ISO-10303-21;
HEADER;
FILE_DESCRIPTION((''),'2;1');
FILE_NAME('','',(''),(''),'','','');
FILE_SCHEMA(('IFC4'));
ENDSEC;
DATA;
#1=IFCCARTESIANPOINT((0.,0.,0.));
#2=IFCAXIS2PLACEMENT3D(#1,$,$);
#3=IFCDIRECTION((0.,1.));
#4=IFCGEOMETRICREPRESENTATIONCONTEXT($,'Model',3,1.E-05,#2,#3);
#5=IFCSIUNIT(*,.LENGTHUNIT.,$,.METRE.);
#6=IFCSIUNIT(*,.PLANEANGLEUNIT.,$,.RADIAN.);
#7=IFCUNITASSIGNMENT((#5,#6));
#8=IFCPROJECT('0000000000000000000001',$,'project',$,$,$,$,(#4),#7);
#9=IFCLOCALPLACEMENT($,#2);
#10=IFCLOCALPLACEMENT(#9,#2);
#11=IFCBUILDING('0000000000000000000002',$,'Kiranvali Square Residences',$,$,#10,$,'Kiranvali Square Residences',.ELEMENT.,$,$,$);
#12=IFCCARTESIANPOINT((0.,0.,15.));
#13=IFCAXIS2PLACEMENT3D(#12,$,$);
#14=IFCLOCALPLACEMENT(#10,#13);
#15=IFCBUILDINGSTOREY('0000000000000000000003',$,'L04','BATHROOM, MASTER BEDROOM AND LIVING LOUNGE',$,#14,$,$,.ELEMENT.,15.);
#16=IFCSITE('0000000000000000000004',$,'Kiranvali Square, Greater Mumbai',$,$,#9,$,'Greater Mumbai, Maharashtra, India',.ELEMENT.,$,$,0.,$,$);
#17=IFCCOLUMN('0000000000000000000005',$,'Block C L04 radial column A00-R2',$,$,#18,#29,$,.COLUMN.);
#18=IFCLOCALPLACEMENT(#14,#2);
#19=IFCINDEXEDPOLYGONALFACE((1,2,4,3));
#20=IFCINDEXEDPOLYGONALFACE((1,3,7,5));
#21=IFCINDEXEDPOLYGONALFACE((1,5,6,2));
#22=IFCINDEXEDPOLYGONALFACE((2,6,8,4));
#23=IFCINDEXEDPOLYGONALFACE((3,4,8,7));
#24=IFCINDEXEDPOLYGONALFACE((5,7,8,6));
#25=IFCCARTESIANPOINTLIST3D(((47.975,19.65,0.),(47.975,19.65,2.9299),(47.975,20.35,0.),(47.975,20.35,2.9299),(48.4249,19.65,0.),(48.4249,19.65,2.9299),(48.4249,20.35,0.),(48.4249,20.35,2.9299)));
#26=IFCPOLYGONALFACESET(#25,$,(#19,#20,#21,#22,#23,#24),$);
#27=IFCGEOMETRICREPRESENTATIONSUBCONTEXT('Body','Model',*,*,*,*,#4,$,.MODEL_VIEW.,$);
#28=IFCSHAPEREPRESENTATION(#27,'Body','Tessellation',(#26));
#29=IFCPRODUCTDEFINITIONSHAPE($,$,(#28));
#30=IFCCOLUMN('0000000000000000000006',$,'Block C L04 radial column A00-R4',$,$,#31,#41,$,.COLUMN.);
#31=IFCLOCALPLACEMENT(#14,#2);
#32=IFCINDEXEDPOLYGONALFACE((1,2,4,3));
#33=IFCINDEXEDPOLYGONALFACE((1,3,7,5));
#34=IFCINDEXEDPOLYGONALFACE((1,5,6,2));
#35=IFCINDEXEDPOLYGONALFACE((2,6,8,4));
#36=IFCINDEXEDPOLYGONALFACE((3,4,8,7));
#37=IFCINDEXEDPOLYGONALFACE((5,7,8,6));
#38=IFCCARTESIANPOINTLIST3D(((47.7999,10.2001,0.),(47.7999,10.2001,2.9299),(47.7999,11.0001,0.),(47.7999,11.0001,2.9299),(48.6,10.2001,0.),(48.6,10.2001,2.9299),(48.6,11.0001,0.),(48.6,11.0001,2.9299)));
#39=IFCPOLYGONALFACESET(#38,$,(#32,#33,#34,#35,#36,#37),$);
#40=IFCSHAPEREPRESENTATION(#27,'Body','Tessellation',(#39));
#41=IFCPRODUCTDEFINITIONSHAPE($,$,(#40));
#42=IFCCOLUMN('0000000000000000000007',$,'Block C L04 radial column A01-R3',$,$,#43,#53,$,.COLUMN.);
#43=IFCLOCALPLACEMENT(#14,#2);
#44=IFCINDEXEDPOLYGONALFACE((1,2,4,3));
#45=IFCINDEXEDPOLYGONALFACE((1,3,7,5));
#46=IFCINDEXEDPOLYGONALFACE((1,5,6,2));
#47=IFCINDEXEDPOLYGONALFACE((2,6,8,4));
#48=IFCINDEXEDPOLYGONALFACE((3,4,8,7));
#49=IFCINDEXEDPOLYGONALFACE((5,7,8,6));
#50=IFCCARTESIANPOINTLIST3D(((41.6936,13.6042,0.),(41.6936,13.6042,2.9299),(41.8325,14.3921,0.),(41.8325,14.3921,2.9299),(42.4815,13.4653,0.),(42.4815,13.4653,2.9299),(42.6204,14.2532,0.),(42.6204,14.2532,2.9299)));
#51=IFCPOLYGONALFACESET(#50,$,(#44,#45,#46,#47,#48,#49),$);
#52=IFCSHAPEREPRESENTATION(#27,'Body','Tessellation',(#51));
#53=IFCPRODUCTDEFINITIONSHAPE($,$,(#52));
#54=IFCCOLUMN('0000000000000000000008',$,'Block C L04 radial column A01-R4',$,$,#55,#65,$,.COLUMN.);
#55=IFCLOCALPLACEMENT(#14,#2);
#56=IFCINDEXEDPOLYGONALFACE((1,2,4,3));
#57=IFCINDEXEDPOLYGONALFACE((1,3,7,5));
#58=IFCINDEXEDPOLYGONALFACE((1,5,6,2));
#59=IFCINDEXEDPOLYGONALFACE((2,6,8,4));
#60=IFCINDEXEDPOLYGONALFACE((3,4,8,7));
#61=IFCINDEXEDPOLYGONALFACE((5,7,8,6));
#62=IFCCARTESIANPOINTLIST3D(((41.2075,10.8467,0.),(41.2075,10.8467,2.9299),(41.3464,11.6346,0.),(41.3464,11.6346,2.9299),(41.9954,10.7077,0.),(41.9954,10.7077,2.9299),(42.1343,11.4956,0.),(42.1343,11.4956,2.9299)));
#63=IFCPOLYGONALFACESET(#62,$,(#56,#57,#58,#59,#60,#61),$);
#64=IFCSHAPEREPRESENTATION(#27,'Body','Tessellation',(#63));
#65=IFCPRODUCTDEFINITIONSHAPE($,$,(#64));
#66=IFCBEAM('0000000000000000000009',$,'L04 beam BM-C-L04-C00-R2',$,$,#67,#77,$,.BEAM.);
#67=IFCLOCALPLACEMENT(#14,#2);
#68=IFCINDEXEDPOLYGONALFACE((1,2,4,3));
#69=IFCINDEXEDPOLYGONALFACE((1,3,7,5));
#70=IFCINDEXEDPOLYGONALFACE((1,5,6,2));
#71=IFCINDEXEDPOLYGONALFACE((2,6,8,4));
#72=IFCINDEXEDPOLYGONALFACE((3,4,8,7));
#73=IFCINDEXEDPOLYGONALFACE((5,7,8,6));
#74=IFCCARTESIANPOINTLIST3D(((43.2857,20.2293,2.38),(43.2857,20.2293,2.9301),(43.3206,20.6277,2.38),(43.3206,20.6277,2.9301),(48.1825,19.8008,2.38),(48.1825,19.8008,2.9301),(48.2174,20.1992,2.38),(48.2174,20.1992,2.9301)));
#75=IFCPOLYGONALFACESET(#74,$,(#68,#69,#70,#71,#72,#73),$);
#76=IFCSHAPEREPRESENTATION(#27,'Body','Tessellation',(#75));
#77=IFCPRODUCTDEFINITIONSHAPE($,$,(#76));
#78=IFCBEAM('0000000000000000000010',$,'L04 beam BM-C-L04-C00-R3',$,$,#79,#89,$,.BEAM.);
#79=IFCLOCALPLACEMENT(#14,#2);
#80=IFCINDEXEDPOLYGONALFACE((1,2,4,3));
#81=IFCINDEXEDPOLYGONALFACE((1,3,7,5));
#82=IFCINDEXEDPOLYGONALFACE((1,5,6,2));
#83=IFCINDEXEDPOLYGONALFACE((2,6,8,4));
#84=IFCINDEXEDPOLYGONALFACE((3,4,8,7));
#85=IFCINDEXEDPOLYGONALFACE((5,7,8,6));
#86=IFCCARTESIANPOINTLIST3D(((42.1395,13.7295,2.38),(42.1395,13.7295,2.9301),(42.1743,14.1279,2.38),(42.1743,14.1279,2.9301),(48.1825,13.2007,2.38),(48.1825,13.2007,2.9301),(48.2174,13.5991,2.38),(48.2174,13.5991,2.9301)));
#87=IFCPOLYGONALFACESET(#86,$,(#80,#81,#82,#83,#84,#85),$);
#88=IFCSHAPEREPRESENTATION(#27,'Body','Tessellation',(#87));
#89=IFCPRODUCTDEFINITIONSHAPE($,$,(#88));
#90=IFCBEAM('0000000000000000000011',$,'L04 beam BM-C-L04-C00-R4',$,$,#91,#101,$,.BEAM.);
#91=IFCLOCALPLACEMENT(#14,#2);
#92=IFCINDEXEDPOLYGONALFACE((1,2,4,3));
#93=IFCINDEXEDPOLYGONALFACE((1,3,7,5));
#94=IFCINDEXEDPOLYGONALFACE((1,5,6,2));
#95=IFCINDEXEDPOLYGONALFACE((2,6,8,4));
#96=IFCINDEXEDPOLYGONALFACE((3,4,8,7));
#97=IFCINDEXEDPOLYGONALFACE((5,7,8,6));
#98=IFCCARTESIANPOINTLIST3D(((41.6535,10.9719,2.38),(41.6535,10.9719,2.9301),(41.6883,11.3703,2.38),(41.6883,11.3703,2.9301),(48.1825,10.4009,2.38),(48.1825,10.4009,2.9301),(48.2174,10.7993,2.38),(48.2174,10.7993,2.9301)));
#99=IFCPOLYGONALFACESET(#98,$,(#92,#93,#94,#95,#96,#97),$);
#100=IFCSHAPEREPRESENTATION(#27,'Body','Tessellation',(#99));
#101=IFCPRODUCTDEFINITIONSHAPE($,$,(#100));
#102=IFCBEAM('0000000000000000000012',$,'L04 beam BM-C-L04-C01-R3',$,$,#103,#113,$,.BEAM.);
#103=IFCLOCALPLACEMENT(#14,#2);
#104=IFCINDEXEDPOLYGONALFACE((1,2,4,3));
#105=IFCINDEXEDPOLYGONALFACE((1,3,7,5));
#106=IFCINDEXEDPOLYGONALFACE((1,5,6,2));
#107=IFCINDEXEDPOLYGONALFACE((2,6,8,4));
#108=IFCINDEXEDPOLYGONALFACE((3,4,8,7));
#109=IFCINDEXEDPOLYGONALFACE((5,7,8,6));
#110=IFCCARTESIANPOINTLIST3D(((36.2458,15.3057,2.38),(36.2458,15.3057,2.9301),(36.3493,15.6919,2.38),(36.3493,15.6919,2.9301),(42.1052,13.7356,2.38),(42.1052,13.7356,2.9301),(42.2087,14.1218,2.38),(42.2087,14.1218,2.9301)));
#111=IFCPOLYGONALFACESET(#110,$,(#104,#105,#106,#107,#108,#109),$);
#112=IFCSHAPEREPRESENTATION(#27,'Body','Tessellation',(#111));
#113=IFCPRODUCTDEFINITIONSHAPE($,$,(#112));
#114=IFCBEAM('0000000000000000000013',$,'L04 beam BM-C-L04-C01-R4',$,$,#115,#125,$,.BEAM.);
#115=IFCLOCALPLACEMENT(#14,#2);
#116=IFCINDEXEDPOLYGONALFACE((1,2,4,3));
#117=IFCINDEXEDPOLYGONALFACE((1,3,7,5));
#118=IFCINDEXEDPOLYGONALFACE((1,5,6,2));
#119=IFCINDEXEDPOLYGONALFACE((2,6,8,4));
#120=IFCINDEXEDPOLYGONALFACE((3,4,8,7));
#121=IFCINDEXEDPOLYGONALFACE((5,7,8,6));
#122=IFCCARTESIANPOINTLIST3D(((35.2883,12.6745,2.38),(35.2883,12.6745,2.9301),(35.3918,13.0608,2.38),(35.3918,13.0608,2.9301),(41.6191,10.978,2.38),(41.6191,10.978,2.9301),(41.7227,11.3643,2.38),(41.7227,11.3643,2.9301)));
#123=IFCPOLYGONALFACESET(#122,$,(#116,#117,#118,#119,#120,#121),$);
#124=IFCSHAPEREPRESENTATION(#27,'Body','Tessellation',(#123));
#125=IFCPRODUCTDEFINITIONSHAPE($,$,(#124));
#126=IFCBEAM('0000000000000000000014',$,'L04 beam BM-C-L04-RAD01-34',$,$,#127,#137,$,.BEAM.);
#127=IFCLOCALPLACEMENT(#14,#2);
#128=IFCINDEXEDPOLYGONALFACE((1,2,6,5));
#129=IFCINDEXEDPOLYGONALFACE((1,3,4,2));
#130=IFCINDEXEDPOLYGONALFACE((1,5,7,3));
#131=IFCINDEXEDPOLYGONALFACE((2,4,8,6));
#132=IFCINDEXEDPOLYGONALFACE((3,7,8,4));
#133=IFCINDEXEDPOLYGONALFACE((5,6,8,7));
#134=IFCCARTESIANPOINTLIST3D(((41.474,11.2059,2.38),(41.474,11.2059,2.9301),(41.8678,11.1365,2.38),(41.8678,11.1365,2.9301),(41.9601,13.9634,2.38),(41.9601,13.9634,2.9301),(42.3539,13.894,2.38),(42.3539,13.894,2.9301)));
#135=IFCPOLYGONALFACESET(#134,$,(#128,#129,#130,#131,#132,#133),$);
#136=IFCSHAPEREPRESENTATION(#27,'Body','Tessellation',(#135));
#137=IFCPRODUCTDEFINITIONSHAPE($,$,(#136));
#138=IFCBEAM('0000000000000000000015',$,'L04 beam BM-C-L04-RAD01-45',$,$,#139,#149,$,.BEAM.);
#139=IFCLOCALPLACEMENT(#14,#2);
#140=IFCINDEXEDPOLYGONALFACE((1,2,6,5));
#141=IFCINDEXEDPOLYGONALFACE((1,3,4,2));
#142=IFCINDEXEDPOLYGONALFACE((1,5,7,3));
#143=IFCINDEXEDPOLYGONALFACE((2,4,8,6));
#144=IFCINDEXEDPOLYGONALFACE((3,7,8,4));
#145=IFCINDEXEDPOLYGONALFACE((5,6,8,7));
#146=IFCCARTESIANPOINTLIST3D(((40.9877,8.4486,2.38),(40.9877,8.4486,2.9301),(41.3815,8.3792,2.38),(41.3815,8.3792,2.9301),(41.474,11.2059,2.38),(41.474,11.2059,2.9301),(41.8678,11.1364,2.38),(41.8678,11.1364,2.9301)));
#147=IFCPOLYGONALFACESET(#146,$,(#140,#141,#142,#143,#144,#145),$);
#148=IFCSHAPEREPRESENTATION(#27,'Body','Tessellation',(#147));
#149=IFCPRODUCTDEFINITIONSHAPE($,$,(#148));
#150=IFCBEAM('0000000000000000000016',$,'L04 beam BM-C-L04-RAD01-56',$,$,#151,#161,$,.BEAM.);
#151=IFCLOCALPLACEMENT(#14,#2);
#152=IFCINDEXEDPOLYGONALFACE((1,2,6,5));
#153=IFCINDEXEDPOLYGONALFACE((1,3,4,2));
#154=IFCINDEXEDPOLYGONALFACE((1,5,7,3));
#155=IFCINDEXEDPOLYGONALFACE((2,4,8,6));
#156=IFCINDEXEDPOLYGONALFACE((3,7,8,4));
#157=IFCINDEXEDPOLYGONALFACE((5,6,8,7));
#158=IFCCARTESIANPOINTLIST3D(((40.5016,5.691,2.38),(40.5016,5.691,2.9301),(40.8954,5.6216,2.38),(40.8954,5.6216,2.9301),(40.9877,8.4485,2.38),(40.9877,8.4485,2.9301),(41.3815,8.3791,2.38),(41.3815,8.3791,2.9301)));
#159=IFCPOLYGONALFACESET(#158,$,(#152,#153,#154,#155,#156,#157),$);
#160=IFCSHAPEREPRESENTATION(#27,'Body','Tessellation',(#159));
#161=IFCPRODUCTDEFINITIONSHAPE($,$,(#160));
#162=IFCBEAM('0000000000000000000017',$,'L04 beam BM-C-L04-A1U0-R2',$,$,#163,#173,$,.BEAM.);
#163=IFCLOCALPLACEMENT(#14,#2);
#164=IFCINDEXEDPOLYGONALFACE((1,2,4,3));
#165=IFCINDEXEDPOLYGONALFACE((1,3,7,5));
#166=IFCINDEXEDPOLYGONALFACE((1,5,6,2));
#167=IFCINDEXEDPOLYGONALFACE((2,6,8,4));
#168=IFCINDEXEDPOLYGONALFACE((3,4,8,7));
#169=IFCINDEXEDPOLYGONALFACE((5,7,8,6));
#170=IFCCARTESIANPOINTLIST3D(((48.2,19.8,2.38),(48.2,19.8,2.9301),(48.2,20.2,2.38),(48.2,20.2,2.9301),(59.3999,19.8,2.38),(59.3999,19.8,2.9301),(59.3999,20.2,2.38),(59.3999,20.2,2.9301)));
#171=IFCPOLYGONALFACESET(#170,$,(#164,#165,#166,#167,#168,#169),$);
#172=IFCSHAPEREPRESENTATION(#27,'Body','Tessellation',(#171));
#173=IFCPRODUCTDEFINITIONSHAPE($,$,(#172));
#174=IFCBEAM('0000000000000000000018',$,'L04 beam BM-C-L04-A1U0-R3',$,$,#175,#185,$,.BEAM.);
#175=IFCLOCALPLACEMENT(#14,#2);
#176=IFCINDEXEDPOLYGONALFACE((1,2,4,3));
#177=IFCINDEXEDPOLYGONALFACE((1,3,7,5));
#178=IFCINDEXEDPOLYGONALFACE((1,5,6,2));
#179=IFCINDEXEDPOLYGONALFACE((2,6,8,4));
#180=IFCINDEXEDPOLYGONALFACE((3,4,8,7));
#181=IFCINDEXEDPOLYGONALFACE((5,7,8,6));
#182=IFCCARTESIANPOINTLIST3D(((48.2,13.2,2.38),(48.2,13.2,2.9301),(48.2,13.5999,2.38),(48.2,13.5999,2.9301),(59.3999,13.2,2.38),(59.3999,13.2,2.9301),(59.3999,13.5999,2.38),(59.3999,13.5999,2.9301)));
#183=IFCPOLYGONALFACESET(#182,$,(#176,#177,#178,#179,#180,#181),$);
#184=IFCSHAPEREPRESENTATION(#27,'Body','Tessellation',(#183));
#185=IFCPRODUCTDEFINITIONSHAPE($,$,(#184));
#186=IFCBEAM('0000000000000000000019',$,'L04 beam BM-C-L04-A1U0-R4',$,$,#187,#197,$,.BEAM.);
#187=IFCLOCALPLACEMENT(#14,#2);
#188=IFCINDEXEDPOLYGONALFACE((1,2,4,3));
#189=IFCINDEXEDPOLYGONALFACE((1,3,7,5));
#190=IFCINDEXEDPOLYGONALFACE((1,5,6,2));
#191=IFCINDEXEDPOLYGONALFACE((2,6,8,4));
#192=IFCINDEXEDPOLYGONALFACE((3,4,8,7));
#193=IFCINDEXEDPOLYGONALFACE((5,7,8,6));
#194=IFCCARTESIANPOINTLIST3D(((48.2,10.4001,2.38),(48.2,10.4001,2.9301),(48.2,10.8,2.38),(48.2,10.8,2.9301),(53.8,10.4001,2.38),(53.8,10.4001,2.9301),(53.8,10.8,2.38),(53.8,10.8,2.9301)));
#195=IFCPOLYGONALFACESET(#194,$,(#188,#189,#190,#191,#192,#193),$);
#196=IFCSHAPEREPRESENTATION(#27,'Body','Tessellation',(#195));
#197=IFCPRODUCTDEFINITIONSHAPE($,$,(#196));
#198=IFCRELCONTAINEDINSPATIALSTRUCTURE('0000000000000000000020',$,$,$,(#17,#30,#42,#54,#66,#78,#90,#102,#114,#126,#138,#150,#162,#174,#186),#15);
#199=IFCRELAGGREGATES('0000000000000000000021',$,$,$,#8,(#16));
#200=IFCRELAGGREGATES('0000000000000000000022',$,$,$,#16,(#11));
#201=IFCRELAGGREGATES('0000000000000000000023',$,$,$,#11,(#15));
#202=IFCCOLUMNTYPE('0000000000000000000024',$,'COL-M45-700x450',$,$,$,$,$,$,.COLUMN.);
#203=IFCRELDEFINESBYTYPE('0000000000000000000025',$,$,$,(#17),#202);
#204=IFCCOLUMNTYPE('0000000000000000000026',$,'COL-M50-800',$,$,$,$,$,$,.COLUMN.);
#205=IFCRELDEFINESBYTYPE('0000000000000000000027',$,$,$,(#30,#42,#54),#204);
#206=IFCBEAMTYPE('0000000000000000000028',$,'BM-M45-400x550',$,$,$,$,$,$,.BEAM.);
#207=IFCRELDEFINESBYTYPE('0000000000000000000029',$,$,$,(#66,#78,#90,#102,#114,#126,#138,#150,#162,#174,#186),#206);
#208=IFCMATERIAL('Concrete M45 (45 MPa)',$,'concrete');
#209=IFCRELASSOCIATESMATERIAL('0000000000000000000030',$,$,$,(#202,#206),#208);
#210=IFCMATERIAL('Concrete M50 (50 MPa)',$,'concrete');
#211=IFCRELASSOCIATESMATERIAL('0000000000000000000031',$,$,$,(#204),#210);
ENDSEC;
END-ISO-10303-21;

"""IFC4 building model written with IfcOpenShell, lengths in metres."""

from ifc_helpers import new_model, si_unit, direction, frame, origin, origin_2d, place, context, subcontext, project, spatial, rectangle, extrude, material, material_profile, profile_set, type_object, element, save


model = new_model("IFC4")

# Units and contexts
model_context = context("Model", 3, precision=1e-05, world=origin(), true_north=direction((0.0, 1.0)))
body_context = subcontext(model_context, "Body", "Model", "MODEL_VIEW")
ifc_project = project(units=[si_unit("LENGTHUNIT", "METRE"), si_unit("PLANEANGLEUNIT", "RADIAN")], contexts=[model_context])

# Site, building, storey
site_placement = place(None, origin())
site = spatial("IfcSite", under=ifc_project, at=site_placement, Name="Kiranvali Square, Greater Mumbai", LongName="Greater Mumbai, Maharashtra, India", CompositionType="ELEMENT", RefElevation=0.0)
building_placement = place(site_placement, origin())
building = spatial("IfcBuilding", under=site, at=building_placement, Name="Kiranvali Square Residences", LongName="Kiranvali Square Residences", CompositionType="ELEMENT")
storey_placement = place(building_placement, frame((0.0, 0.0, 15.0)))
storey = spatial("IfcBuildingStorey", under=building, at=storey_placement, Name="L04", Description="BATHROOM, MASTER BEDROOM AND LIVING LOUNGE", CompositionType="ELEMENT", Elevation=15.0)

# Columns
ifc_material_1 = material(Name="Concrete M45 (45 MPa)", Category="concrete")
ifc_material_profile_1 = material_profile(ifc_material_1, rectangle(XDim=0.45, YDim=0.7, at=origin_2d()), Name="RC 700x450")
ifc_profile_set_1 = profile_set([ifc_material_profile_1], Name="Concrete M45 (45 MPa)")
column_type_1 = type_object("IfcColumnType", Name="COL-M45-700x450", PredefinedType="COLUMN", material=ifc_profile_set_1)
column_placement = place(storey_placement, frame((48.2, 20.0, 0.0), z_axis=(0.0, 0.0, 1.0), x_axis=(1.0, 0.0, 0.0)))
element("IfcColumn", 1, at=column_placement, inside=storey, type_object=column_type_1, Name="Block C L04 radial column A00-R2", PredefinedType="COLUMN", context=body_context, shape_type="SweptSolid", body=[
    extrude(rectangle(XDim=0.45, YDim=0.7, at=origin_2d()), origin(), (0.0, 0.0, 1.0), 2.9299),
])
ifc_material_2 = material(Name="Concrete M50 (50 MPa)", Category="concrete")
ifc_material_profile_2 = material_profile(ifc_material_2, rectangle(XDim=0.8, YDim=0.8, at=origin_2d()), Name="RC 800x800")
ifc_profile_set_2 = profile_set([ifc_material_profile_2], Name="Concrete M50 (50 MPa)")
column_type_2 = type_object("IfcColumnType", Name="COL-M50-800", PredefinedType="COLUMN", material=ifc_profile_set_2)
for number, where, z_axis, x_axis, name in (
    (2, (48.2, 10.6001, 0.0), (0.0, 0.0, 1.0), (1.0, 0.0, 0.0), "Block C L04 radial column A00-R4"),
    (3, (42.157, 13.9287, 0.0), (0.0, 0.0, 1.0), (-0.984808, 0.173648, 0.0), "Block C L04 radial column A01-R3"),
    (4, (41.6709, 11.1711, 0.0), (0.0, 0.0, 1.0), (-0.984808, 0.173648, 0.0), "Block C L04 radial column A01-R4"),
):
    element("IfcColumn", number, at=place(storey_placement, frame(where, z_axis=z_axis, x_axis=x_axis)), inside=storey, type_object=column_type_2, Name=name, PredefinedType="COLUMN", context=body_context, shape_type="SweptSolid", body=[
        extrude(rectangle(XDim=0.8, YDim=0.8, at=origin_2d()), origin(), (0.0, 0.0, 1.0), 2.9299),
    ])

# Beams
ifc_material_profile_3 = material_profile(ifc_material_1, rectangle(XDim=0.3999, YDim=0.55, at=origin_2d()), Name="RC 400x550")
ifc_profile_set_3 = profile_set([ifc_material_profile_3], Name="Concrete M45 (45 MPa)")
beam_type = type_object("IfcBeamType", Name="BM-M45-400x550", PredefinedType="BEAM", material=ifc_profile_set_3)
beam_1_placement = place(storey_placement, frame((48.2, 20.0, 2.655), z_axis=(-0.996194, 0.087168, 0.0), x_axis=(-0.087168, -0.996194, 0.0)))
element("IfcBeam", 5, at=beam_1_placement, inside=storey, type_object=beam_type, Name="L04 beam BM-C-L04-C00-R2", PredefinedType="BEAM", context=body_context, shape_type="SweptSolid", body=[
    extrude(rectangle(XDim=0.3999, YDim=0.55, at=origin_2d()), origin(), (0.0, 0.0, 1.0), 4.9155),
])
beam_2_placement = place(storey_placement, frame((48.2, 13.3999, 2.655), z_axis=(-0.996193, 0.087175, 0.0), x_axis=(-0.087175, -0.996193, 0.0)))
element("IfcBeam", 6, at=beam_2_placement, inside=storey, type_object=beam_type, Name="L04 beam BM-C-L04-C00-R3", PredefinedType="BEAM", context=body_context, shape_type="SweptSolid", body=[
    extrude(rectangle(XDim=0.3999, YDim=0.55, at=origin_2d()), origin(), (0.0, 0.0, 1.0), 6.0662),
])
beam_3_placement = place(storey_placement, frame((48.2, 10.6001, 2.655), z_axis=(-0.996197, 0.08713, 0.0), x_axis=(-0.08713, -0.996197, 0.0)))
element("IfcBeam", 7, at=beam_3_placement, inside=storey, type_object=beam_type, Name="L04 beam BM-C-L04-C00-R4", PredefinedType="BEAM", context=body_context, shape_type="SweptSolid", body=[
    extrude(rectangle(XDim=0.3999, YDim=0.55, at=origin_2d()), origin(), (0.0, 0.0, 1.0), 6.554),
])
beam_4_placement = place(storey_placement, frame((42.157, 13.9287, 2.655), z_axis=(-0.965924, 0.258827, 0.0), x_axis=(-0.258827, -0.965924, 0.0)))
element("IfcBeam", 8, at=beam_4_placement, inside=storey, type_object=beam_type, Name="L04 beam BM-C-L04-C01-R3", PredefinedType="BEAM", context=body_context, shape_type="SweptSolid", body=[
    extrude(rectangle(XDim=0.3999, YDim=0.55, at=origin_2d()), origin(), (0.0, 0.0, 1.0), 6.0662),
])
beam_5_placement = place(storey_placement, frame((41.6709, 11.1711, 2.655), z_axis=(-0.965918, 0.258847, 0.0), x_axis=(-0.258847, -0.965918, 0.0)))
element("IfcBeam", 9, at=beam_5_placement, inside=storey, type_object=beam_type, Name="L04 beam BM-C-L04-C01-R4", PredefinedType="BEAM", context=body_context, shape_type="SweptSolid", body=[
    extrude(rectangle(XDim=0.3999, YDim=0.55, at=origin_2d()), origin(), (0.0, 0.0, 1.0), 6.5542),
])
beam_6_placement = place(storey_placement, frame((42.157, 13.9287, 2.655), z_axis=(-0.173596, -0.984817, 0.0), x_axis=(0.984817, -0.173596, 0.0)))
element("IfcBeam", 10, at=beam_6_placement, inside=storey, type_object=beam_type, Name="L04 beam BM-C-L04-RAD01-34", PredefinedType="BEAM", context=body_context, shape_type="SweptSolid", body=[
    extrude(rectangle(XDim=0.3999, YDim=0.55, at=origin_2d()), origin(), (0.0, 0.0, 1.0), 2.8),
])
beam_7_placement = place(storey_placement, frame((41.6709, 11.1711, 2.655), z_axis=(-0.173696, -0.984799, 0.0), x_axis=(0.984799, -0.173696, 0.0)))
element("IfcBeam", 11, at=beam_7_placement, inside=storey, type_object=beam_type, Name="L04 beam BM-C-L04-RAD01-45", PredefinedType="BEAM", context=body_context, shape_type="SweptSolid", body=[
    extrude(rectangle(XDim=0.3999, YDim=0.55, at=origin_2d()), origin(), (0.0, 0.0, 1.0), 2.7998),
])
beam_8_placement = place(storey_placement, frame((41.1846, 8.4138, 2.655), z_axis=(-0.173596, -0.984817, 0.0), x_axis=(0.984817, -0.173596, 0.0)))
element("IfcBeam", 12, at=beam_8_placement, inside=storey, type_object=beam_type, Name="L04 beam BM-C-L04-RAD01-56", PredefinedType="BEAM", context=body_context, shape_type="SweptSolid", body=[
    extrude(rectangle(XDim=0.3999, YDim=0.55, at=origin_2d()), origin(), (0.0, 0.0, 1.0), 2.8),
])
for number, where, z_axis, x_axis, name in (
    (13, (48.2, 20.0, 2.655), (1.0, 0.0, 0.0), (0.0, 1.0, 0.0), "L04 beam BM-C-L04-A1U0-R2"),
    (14, (48.2, 13.3999, 2.655), (1.0, 0.0, 0.0), (0.0, 1.0, 0.0), "L04 beam BM-C-L04-A1U0-R3"),
):
    element("IfcBeam", number, at=place(storey_placement, frame(where, z_axis=z_axis, x_axis=x_axis)), inside=storey, type_object=beam_type, Name=name, PredefinedType="BEAM", context=body_context, shape_type="SweptSolid", body=[
        extrude(rectangle(XDim=0.3999, YDim=0.55, at=origin_2d()), origin(), (0.0, 0.0, 1.0), 11.2),
    ])
beam_9_placement = place(storey_placement, frame((48.2, 10.6001, 2.655), z_axis=(1.0, 0.0, 0.0), x_axis=(0.0, 1.0, 0.0)))
element("IfcBeam", 15, at=beam_9_placement, inside=storey, type_object=beam_type, Name="L04 beam BM-C-L04-A1U0-R4", PredefinedType="BEAM", context=body_context, shape_type="SweptSolid", body=[
    extrude(rectangle(XDim=0.3999, YDim=0.55, at=origin_2d()), origin(), (0.0, 0.0, 1.0), 5.6001),
])

save(model, "model.ifc")
